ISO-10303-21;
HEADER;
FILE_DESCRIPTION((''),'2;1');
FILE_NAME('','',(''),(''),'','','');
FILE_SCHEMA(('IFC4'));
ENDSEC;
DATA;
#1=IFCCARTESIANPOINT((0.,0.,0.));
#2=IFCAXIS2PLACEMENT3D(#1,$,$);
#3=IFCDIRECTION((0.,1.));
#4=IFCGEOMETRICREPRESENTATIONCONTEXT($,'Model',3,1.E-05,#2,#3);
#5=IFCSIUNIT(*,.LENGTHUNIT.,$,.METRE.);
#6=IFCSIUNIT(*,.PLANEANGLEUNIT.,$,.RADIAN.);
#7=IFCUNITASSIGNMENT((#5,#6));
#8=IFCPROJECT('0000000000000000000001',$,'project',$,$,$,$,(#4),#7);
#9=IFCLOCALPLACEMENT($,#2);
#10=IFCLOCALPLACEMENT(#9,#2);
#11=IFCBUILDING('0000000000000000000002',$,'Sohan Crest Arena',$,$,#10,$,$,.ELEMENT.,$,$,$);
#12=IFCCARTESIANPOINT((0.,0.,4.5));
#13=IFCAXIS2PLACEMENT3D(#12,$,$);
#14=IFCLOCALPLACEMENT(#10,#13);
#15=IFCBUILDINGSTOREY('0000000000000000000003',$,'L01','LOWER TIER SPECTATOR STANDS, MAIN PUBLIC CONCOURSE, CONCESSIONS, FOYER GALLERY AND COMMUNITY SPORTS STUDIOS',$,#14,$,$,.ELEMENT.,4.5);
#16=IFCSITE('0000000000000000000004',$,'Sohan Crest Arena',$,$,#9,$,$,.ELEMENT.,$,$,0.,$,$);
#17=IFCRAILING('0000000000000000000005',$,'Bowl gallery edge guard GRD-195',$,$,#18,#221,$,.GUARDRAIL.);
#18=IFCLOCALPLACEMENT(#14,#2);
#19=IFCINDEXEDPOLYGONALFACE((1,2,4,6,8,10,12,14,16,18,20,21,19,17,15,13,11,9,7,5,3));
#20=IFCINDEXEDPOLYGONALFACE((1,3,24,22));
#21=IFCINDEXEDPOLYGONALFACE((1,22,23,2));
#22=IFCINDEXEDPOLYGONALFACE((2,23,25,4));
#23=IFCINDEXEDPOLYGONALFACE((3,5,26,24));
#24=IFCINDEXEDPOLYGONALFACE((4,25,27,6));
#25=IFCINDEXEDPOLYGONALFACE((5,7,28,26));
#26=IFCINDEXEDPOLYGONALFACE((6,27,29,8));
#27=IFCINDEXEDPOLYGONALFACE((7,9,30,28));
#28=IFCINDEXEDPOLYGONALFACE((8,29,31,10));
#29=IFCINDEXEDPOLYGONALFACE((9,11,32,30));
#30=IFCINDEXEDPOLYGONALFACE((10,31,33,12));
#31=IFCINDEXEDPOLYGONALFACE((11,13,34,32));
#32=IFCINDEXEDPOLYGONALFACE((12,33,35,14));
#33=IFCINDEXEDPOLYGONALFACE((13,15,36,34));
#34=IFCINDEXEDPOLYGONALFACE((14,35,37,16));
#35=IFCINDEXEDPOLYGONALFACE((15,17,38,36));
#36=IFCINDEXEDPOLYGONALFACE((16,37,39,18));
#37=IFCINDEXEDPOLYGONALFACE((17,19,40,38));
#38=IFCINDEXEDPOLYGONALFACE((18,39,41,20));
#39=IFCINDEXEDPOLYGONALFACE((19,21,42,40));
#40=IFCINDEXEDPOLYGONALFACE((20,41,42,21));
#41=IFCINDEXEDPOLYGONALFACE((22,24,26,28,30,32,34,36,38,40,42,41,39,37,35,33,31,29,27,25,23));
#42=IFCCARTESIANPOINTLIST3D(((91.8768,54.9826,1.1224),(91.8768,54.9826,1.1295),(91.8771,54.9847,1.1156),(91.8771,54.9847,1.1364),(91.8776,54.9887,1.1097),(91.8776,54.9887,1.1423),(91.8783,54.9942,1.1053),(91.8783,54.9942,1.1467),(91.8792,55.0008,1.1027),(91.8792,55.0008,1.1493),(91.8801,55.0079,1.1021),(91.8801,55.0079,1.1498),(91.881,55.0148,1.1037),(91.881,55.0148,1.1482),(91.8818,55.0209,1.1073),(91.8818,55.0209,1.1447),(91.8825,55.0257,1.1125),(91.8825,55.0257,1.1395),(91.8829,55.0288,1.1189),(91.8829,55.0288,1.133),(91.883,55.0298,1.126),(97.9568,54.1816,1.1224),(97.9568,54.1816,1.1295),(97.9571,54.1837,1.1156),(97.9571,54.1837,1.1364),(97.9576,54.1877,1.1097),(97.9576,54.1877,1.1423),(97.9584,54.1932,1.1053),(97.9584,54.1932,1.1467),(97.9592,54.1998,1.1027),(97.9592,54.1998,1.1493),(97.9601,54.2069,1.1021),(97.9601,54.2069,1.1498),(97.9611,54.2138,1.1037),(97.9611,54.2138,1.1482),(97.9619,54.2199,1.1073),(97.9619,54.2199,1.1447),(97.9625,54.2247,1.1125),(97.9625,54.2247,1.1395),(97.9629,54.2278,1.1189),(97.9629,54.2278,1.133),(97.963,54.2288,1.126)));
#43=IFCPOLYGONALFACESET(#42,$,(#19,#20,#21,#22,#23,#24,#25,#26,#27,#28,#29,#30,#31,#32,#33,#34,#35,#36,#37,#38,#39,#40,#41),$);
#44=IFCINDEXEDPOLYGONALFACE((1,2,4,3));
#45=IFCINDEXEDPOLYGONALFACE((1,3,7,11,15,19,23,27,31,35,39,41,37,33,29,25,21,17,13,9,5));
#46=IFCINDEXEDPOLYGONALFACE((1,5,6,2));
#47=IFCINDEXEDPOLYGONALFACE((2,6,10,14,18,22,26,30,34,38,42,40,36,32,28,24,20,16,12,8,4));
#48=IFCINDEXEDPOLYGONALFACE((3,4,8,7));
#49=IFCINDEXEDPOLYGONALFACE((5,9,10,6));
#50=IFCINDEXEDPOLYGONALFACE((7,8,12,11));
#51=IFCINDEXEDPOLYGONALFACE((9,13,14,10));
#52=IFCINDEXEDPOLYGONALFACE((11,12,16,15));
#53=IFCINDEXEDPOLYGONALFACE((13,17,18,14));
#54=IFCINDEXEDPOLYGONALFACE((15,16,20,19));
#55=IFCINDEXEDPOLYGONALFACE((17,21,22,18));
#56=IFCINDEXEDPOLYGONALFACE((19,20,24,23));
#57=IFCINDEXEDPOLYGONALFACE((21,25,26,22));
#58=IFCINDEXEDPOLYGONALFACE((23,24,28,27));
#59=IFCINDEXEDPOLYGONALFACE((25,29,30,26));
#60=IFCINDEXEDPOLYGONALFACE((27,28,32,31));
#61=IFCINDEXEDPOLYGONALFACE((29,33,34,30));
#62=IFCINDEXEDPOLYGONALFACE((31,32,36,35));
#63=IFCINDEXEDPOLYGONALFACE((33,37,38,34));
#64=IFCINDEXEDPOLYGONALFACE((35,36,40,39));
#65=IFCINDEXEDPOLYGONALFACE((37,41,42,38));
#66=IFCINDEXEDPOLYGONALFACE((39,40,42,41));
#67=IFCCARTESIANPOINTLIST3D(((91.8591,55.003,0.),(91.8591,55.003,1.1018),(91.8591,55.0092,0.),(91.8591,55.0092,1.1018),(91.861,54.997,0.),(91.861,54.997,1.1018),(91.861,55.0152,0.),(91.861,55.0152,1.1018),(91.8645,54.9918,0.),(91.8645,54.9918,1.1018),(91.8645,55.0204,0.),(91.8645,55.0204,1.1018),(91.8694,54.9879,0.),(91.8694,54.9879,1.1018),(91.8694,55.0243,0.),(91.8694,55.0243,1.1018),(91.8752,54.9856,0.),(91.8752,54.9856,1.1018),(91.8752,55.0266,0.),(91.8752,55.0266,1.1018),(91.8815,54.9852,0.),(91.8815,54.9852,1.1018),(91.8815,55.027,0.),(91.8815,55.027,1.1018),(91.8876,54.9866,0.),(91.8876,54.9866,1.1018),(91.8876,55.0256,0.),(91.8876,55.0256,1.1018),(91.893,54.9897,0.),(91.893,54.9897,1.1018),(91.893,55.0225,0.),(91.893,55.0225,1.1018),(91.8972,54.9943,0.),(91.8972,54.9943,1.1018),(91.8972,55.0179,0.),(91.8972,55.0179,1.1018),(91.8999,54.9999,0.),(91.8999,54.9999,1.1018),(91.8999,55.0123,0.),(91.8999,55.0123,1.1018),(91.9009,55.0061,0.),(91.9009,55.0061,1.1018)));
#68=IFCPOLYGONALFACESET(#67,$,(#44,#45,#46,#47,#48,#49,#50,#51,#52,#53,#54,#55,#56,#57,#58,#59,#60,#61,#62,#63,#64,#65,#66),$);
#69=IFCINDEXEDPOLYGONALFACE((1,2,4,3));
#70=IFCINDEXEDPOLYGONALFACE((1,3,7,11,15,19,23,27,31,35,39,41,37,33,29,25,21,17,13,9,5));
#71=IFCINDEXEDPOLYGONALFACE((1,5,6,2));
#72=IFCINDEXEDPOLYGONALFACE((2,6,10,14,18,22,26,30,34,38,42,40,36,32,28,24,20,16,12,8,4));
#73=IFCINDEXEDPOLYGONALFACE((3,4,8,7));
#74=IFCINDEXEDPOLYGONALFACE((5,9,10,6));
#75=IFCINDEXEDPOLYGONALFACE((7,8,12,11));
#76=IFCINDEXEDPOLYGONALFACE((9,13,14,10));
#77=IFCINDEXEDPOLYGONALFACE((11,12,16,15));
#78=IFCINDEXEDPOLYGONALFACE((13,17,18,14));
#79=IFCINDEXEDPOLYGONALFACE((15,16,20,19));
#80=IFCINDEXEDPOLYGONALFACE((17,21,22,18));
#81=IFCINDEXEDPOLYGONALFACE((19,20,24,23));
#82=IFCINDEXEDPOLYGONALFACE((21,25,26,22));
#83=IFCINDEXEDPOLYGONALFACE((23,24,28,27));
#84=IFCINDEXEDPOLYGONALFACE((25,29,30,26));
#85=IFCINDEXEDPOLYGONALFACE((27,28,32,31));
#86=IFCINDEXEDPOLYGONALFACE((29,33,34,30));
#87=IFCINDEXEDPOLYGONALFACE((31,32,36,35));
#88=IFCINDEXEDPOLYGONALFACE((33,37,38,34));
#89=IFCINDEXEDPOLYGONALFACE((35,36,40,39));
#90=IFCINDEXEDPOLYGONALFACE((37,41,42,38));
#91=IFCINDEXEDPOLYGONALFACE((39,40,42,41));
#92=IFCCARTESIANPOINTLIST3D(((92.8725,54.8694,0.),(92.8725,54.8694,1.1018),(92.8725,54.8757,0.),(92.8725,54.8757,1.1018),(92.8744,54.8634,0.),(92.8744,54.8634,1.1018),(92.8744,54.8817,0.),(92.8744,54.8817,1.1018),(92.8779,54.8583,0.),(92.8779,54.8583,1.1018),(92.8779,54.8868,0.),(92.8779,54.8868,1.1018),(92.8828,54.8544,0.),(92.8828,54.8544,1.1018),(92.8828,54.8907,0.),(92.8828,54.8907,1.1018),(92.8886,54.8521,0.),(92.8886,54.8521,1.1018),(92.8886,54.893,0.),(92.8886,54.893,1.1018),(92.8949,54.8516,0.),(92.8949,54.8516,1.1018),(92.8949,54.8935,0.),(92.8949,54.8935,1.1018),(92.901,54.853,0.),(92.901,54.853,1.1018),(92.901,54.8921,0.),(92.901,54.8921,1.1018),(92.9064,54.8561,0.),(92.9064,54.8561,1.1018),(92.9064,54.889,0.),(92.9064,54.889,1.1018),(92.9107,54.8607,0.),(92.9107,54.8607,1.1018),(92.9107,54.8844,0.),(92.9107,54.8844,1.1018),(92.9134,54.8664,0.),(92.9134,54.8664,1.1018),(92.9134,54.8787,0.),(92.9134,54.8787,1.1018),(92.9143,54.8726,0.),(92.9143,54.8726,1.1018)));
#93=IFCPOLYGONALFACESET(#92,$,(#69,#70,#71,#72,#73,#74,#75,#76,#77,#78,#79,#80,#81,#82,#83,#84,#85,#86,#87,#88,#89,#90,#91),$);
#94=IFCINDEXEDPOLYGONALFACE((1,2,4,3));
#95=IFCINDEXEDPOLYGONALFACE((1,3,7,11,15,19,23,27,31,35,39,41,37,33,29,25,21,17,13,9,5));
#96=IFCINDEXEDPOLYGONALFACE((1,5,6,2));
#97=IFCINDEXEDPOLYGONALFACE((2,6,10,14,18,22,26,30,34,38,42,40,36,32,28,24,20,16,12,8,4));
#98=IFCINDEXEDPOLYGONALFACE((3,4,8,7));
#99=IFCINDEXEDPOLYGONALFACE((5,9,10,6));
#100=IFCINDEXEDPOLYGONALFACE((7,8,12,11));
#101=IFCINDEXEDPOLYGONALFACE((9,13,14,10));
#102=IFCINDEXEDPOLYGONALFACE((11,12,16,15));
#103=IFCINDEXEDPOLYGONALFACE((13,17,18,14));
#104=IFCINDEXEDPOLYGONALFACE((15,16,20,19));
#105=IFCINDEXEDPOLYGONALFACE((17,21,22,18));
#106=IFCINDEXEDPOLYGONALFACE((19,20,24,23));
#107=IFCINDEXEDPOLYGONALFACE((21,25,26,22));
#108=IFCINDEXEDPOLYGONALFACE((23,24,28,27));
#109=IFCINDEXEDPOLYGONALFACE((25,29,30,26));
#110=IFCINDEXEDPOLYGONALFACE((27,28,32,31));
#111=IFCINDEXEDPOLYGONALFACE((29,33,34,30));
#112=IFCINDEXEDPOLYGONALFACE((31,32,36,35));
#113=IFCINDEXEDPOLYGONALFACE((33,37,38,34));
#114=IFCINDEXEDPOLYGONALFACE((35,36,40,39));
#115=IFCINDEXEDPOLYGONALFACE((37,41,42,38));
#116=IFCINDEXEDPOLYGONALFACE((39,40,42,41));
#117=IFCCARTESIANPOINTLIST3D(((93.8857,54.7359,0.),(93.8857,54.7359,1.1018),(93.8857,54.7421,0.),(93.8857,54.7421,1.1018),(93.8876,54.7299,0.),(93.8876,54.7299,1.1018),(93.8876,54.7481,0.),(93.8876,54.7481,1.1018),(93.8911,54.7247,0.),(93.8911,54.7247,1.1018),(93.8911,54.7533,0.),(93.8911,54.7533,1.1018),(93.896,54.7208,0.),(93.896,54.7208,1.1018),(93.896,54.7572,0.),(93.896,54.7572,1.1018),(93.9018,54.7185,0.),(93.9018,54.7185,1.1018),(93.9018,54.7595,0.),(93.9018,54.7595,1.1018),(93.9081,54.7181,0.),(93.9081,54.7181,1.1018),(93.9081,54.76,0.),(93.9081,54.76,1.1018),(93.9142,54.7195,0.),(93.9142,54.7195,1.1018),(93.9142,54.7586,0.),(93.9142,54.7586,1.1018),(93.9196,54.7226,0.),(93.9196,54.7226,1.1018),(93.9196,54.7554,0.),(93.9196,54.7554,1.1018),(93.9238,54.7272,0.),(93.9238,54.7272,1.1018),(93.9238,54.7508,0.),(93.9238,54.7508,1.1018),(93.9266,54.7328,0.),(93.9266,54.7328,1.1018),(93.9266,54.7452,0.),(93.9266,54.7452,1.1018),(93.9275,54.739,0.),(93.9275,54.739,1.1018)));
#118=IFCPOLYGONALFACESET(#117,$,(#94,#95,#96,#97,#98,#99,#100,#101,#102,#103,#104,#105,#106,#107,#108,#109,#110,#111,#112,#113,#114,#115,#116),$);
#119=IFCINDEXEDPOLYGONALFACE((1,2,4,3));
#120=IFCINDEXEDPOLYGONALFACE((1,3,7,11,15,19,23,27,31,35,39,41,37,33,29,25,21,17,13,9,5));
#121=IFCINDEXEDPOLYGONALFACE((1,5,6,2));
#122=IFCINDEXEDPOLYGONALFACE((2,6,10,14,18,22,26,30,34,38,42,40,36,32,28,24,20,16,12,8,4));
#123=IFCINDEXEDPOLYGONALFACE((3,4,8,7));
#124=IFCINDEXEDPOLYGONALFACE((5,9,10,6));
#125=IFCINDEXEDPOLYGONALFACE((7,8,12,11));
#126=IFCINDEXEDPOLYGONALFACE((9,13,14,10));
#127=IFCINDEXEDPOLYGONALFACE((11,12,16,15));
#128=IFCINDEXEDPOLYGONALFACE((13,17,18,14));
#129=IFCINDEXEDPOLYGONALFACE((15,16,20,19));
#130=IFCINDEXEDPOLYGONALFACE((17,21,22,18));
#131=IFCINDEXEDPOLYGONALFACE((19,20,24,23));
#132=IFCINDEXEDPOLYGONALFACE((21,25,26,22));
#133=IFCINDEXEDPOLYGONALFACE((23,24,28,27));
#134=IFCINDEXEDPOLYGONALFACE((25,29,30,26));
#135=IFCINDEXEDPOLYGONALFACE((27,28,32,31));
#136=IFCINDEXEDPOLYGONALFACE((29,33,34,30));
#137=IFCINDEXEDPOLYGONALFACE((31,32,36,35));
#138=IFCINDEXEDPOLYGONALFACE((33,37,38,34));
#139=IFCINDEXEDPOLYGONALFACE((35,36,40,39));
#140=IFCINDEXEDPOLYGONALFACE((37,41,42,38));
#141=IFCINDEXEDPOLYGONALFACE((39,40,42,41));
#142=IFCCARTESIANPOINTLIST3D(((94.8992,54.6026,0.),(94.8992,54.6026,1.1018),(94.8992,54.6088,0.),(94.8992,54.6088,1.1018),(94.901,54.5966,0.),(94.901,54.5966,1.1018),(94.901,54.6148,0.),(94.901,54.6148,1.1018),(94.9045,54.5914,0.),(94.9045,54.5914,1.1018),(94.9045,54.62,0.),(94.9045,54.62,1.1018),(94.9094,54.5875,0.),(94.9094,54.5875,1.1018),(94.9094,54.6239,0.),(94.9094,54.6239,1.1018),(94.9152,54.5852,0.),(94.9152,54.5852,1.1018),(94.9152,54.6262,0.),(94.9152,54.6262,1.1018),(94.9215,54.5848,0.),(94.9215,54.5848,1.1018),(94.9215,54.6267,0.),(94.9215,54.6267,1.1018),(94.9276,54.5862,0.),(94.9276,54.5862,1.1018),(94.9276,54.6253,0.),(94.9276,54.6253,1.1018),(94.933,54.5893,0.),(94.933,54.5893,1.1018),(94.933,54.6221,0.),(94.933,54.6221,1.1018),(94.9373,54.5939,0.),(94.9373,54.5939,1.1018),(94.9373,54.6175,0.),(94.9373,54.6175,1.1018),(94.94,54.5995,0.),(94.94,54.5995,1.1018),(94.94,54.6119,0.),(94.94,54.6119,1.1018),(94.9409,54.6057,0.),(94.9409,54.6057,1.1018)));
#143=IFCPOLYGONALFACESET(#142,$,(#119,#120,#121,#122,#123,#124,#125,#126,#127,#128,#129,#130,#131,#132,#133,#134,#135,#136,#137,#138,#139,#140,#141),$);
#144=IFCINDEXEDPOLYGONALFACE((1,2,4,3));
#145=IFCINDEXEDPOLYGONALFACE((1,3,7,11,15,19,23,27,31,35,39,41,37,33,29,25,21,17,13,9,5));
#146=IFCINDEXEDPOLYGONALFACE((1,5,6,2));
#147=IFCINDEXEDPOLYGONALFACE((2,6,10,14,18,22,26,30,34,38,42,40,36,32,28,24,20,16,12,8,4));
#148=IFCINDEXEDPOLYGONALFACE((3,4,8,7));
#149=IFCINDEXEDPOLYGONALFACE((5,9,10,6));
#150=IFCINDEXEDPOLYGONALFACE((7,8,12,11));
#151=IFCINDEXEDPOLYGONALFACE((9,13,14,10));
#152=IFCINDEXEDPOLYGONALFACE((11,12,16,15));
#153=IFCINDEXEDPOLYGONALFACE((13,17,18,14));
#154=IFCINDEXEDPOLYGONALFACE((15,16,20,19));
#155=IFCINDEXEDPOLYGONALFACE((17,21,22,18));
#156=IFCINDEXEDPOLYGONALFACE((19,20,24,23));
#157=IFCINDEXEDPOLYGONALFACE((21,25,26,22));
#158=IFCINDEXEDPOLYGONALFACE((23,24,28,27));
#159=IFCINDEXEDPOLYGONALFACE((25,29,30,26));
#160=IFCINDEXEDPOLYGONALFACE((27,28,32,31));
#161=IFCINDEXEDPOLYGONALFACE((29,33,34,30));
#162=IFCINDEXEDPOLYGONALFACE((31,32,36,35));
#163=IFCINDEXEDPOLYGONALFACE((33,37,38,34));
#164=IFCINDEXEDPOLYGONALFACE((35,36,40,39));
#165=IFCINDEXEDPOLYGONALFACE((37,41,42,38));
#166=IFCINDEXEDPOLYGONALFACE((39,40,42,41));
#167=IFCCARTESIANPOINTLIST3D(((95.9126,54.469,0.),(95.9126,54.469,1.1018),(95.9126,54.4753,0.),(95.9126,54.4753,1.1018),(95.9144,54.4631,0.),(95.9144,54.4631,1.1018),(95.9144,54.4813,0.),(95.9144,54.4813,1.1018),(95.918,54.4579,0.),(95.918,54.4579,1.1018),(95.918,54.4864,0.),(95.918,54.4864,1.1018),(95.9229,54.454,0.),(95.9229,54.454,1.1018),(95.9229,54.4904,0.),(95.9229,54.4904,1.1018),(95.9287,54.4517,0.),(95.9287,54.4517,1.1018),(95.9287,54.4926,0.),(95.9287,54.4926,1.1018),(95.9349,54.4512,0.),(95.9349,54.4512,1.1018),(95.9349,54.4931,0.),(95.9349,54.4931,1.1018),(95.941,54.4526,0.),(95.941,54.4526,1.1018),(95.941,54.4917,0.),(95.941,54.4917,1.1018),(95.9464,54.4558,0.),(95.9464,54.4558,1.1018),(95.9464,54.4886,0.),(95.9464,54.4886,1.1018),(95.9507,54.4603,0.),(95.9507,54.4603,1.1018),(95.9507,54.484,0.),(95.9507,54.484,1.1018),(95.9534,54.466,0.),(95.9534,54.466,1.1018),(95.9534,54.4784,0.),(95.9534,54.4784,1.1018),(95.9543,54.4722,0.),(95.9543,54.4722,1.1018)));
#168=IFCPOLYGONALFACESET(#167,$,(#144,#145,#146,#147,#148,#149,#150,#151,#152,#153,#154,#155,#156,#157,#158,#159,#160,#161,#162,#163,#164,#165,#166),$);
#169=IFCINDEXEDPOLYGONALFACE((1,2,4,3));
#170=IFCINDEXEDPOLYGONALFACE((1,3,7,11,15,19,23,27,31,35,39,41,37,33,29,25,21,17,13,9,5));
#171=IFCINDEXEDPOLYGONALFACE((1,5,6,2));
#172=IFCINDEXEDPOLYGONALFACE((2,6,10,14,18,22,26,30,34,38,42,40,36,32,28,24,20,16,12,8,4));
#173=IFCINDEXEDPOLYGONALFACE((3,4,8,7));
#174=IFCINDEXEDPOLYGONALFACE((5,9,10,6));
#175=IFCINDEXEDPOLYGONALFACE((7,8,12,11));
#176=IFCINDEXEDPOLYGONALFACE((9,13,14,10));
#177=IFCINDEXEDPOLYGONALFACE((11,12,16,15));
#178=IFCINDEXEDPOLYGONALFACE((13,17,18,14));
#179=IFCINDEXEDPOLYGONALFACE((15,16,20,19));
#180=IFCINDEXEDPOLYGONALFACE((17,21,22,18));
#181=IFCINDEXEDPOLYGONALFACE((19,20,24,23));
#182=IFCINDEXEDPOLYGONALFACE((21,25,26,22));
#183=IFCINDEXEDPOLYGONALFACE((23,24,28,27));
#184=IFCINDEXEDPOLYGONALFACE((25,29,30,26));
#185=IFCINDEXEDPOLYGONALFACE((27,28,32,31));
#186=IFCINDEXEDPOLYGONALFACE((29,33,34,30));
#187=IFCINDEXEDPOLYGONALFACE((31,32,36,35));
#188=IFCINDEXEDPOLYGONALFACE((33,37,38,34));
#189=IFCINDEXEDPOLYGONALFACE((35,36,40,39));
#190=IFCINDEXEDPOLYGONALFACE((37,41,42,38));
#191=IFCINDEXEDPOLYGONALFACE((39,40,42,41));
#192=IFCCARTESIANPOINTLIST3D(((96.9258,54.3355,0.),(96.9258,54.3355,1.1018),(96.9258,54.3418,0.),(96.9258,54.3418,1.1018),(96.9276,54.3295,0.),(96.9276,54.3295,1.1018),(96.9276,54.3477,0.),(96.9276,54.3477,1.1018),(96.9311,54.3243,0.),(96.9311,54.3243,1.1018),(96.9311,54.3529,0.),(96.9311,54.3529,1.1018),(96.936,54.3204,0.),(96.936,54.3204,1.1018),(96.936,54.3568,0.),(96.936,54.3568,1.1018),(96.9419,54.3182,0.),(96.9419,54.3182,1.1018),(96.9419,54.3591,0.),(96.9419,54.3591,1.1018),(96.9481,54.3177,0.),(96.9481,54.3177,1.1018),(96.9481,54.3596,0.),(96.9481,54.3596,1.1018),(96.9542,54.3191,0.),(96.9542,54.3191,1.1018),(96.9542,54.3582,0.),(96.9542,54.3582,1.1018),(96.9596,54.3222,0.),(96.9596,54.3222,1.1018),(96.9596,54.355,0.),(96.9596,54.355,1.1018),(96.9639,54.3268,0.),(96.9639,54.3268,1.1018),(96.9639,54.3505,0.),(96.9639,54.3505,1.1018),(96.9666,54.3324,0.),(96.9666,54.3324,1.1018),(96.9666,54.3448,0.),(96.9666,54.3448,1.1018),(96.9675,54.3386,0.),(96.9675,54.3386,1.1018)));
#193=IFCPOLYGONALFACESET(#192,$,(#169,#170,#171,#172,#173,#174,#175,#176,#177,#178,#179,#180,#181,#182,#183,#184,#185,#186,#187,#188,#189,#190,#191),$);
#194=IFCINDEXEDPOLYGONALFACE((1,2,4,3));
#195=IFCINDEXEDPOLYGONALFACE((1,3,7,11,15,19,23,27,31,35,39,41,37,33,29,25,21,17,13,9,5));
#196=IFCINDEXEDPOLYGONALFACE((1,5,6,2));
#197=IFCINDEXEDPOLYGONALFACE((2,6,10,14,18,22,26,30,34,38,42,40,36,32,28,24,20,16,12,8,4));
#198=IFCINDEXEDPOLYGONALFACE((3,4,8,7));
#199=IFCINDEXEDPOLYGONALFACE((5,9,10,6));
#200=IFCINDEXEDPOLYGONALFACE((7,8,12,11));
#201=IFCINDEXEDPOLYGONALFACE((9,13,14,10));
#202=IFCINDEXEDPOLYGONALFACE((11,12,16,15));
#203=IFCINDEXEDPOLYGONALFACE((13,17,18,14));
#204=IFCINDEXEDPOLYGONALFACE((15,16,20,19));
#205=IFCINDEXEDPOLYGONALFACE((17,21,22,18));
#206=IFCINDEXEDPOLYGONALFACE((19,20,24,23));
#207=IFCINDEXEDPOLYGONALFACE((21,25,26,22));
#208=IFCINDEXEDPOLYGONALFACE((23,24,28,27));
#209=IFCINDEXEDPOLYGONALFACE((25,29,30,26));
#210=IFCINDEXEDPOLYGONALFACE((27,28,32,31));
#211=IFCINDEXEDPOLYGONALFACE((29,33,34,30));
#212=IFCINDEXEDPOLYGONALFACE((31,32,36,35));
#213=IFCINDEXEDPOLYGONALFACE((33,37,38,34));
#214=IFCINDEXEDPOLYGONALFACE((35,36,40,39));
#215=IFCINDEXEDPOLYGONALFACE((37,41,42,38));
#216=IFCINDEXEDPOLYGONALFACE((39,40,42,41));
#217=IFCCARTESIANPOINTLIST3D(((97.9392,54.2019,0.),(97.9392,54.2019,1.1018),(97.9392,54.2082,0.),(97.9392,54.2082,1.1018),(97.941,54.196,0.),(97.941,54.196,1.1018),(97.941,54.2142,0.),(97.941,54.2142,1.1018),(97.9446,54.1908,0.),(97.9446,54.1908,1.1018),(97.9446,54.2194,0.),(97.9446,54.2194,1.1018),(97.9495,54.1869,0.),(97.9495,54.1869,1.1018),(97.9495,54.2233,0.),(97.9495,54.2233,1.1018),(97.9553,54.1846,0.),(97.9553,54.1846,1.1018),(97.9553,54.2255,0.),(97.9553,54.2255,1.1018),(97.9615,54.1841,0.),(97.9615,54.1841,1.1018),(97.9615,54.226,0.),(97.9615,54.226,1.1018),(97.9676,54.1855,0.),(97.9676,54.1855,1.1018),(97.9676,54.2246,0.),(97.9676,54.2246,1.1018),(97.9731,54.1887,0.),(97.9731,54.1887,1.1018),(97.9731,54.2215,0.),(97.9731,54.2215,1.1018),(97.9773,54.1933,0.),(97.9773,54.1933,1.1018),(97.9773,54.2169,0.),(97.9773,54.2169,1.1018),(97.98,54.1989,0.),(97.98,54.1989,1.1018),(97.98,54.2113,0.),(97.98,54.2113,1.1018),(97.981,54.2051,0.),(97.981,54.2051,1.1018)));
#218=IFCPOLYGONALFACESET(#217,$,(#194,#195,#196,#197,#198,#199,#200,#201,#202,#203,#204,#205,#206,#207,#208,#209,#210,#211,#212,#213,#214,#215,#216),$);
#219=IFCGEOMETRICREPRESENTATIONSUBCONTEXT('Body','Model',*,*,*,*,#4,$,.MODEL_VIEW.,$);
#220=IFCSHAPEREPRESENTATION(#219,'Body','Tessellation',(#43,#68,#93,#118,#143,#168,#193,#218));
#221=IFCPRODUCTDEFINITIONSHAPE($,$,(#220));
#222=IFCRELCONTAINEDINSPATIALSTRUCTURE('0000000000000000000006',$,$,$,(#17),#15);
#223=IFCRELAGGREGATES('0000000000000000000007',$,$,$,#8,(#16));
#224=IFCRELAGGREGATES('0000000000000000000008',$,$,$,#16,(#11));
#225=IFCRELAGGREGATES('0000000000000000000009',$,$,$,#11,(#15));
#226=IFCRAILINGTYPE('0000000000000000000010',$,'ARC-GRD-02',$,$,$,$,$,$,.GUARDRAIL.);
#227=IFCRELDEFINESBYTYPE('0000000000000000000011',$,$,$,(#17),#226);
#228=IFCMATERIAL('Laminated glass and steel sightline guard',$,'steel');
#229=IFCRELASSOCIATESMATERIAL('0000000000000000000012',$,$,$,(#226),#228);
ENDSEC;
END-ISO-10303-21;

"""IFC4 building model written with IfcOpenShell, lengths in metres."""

from ifc_helpers import new_model, si_unit, direction, frame, origin, origin_2d, place, context, subcontext, project, spatial, circle, extrude, material, type_object, element, save


model = new_model("IFC4")

# Units and contexts
model_context = context("Model", 3, precision=1e-05, world=origin(), true_north=direction((0.0, 1.0)))
body_context = subcontext(model_context, "Body", "Model", "MODEL_VIEW")
ifc_project = project(units=[si_unit("LENGTHUNIT", "METRE"), si_unit("PLANEANGLEUNIT", "RADIAN")], contexts=[model_context])

# Site, building, storey
site_placement = place(None, origin())
site = spatial("IfcSite", under=ifc_project, at=site_placement, Name="Sohan Crest Arena", CompositionType="ELEMENT", RefElevation=0.0)
building_placement = place(site_placement, origin())
building = spatial("IfcBuilding", under=site, at=building_placement, Name="Sohan Crest Arena", CompositionType="ELEMENT")
storey_placement = place(building_placement, frame((0.0, 0.0, 4.5)))
storey = spatial("IfcBuildingStorey", under=building, at=storey_placement, Name="L01", Description="LOWER TIER SPECTATOR STANDS, MAIN PUBLIC CONCOURSE, CONCESSIONS, FOYER GALLERY AND COMMUNITY SPORTS STUDIOS", CompositionType="ELEMENT", Elevation=4.5)

# Railing
ifc_material_1 = material(Name="Laminated glass and steel sightline guard", Category="steel")
railing_type = type_object("IfcRailingType", Name="ARC-GRD-02", PredefinedType="GUARDRAIL", material=ifc_material_1)
railing_1_placement = place(storey_placement, frame((91.8799, 55.0061, 0.0)))
element("IfcRailing", 1, at=railing_1_placement, inside=storey, type_object=railing_type, Name="Bowl gallery edge guard GRD-195", PredefinedType="GUARDRAIL", context=body_context, shape_type="SweptSolid", body=[
    extrude(circle(Radius=0.0239, at=origin_2d()), frame((0.0, 0.0, 1.126), z_axis=(0.991433, -0.130617, 0.0), x_axis=(0.130617, 0.991433, 0.0)), (0.0, 0.0, 1.0), 6.1326),
    extrude(circle(Radius=0.021, at=origin_2d()), origin(), (0.0, 0.0, 1.0), 1.1018),
    extrude(circle(Radius=0.021, at=origin_2d()), frame((1.0134, -0.1335, 0.0)), (0.0, 0.0, 1.0), 1.1018),
    extrude(circle(Radius=0.021, at=origin_2d()), frame((2.0266, -0.2671, 0.0)), (0.0, 0.0, 1.0), 1.1018),
    extrude(circle(Radius=0.021, at=origin_2d()), frame((3.04, -0.4004, 0.0)), (0.0, 0.0, 1.0), 1.1018),
    extrude(circle(Radius=0.021, at=origin_2d()), frame((4.0535, -0.5339, 0.0)), (0.0, 0.0, 1.0), 1.1018),
    extrude(circle(Radius=0.021, at=origin_2d()), frame((5.0667, -0.6675, 0.0)), (0.0, 0.0, 1.0), 1.1018),
    extrude(circle(Radius=0.021, at=origin_2d()), frame((6.0801, -0.801, 0.0)), (0.0, 0.0, 1.0), 1.1018),
])

save(model, "model.ifc")
